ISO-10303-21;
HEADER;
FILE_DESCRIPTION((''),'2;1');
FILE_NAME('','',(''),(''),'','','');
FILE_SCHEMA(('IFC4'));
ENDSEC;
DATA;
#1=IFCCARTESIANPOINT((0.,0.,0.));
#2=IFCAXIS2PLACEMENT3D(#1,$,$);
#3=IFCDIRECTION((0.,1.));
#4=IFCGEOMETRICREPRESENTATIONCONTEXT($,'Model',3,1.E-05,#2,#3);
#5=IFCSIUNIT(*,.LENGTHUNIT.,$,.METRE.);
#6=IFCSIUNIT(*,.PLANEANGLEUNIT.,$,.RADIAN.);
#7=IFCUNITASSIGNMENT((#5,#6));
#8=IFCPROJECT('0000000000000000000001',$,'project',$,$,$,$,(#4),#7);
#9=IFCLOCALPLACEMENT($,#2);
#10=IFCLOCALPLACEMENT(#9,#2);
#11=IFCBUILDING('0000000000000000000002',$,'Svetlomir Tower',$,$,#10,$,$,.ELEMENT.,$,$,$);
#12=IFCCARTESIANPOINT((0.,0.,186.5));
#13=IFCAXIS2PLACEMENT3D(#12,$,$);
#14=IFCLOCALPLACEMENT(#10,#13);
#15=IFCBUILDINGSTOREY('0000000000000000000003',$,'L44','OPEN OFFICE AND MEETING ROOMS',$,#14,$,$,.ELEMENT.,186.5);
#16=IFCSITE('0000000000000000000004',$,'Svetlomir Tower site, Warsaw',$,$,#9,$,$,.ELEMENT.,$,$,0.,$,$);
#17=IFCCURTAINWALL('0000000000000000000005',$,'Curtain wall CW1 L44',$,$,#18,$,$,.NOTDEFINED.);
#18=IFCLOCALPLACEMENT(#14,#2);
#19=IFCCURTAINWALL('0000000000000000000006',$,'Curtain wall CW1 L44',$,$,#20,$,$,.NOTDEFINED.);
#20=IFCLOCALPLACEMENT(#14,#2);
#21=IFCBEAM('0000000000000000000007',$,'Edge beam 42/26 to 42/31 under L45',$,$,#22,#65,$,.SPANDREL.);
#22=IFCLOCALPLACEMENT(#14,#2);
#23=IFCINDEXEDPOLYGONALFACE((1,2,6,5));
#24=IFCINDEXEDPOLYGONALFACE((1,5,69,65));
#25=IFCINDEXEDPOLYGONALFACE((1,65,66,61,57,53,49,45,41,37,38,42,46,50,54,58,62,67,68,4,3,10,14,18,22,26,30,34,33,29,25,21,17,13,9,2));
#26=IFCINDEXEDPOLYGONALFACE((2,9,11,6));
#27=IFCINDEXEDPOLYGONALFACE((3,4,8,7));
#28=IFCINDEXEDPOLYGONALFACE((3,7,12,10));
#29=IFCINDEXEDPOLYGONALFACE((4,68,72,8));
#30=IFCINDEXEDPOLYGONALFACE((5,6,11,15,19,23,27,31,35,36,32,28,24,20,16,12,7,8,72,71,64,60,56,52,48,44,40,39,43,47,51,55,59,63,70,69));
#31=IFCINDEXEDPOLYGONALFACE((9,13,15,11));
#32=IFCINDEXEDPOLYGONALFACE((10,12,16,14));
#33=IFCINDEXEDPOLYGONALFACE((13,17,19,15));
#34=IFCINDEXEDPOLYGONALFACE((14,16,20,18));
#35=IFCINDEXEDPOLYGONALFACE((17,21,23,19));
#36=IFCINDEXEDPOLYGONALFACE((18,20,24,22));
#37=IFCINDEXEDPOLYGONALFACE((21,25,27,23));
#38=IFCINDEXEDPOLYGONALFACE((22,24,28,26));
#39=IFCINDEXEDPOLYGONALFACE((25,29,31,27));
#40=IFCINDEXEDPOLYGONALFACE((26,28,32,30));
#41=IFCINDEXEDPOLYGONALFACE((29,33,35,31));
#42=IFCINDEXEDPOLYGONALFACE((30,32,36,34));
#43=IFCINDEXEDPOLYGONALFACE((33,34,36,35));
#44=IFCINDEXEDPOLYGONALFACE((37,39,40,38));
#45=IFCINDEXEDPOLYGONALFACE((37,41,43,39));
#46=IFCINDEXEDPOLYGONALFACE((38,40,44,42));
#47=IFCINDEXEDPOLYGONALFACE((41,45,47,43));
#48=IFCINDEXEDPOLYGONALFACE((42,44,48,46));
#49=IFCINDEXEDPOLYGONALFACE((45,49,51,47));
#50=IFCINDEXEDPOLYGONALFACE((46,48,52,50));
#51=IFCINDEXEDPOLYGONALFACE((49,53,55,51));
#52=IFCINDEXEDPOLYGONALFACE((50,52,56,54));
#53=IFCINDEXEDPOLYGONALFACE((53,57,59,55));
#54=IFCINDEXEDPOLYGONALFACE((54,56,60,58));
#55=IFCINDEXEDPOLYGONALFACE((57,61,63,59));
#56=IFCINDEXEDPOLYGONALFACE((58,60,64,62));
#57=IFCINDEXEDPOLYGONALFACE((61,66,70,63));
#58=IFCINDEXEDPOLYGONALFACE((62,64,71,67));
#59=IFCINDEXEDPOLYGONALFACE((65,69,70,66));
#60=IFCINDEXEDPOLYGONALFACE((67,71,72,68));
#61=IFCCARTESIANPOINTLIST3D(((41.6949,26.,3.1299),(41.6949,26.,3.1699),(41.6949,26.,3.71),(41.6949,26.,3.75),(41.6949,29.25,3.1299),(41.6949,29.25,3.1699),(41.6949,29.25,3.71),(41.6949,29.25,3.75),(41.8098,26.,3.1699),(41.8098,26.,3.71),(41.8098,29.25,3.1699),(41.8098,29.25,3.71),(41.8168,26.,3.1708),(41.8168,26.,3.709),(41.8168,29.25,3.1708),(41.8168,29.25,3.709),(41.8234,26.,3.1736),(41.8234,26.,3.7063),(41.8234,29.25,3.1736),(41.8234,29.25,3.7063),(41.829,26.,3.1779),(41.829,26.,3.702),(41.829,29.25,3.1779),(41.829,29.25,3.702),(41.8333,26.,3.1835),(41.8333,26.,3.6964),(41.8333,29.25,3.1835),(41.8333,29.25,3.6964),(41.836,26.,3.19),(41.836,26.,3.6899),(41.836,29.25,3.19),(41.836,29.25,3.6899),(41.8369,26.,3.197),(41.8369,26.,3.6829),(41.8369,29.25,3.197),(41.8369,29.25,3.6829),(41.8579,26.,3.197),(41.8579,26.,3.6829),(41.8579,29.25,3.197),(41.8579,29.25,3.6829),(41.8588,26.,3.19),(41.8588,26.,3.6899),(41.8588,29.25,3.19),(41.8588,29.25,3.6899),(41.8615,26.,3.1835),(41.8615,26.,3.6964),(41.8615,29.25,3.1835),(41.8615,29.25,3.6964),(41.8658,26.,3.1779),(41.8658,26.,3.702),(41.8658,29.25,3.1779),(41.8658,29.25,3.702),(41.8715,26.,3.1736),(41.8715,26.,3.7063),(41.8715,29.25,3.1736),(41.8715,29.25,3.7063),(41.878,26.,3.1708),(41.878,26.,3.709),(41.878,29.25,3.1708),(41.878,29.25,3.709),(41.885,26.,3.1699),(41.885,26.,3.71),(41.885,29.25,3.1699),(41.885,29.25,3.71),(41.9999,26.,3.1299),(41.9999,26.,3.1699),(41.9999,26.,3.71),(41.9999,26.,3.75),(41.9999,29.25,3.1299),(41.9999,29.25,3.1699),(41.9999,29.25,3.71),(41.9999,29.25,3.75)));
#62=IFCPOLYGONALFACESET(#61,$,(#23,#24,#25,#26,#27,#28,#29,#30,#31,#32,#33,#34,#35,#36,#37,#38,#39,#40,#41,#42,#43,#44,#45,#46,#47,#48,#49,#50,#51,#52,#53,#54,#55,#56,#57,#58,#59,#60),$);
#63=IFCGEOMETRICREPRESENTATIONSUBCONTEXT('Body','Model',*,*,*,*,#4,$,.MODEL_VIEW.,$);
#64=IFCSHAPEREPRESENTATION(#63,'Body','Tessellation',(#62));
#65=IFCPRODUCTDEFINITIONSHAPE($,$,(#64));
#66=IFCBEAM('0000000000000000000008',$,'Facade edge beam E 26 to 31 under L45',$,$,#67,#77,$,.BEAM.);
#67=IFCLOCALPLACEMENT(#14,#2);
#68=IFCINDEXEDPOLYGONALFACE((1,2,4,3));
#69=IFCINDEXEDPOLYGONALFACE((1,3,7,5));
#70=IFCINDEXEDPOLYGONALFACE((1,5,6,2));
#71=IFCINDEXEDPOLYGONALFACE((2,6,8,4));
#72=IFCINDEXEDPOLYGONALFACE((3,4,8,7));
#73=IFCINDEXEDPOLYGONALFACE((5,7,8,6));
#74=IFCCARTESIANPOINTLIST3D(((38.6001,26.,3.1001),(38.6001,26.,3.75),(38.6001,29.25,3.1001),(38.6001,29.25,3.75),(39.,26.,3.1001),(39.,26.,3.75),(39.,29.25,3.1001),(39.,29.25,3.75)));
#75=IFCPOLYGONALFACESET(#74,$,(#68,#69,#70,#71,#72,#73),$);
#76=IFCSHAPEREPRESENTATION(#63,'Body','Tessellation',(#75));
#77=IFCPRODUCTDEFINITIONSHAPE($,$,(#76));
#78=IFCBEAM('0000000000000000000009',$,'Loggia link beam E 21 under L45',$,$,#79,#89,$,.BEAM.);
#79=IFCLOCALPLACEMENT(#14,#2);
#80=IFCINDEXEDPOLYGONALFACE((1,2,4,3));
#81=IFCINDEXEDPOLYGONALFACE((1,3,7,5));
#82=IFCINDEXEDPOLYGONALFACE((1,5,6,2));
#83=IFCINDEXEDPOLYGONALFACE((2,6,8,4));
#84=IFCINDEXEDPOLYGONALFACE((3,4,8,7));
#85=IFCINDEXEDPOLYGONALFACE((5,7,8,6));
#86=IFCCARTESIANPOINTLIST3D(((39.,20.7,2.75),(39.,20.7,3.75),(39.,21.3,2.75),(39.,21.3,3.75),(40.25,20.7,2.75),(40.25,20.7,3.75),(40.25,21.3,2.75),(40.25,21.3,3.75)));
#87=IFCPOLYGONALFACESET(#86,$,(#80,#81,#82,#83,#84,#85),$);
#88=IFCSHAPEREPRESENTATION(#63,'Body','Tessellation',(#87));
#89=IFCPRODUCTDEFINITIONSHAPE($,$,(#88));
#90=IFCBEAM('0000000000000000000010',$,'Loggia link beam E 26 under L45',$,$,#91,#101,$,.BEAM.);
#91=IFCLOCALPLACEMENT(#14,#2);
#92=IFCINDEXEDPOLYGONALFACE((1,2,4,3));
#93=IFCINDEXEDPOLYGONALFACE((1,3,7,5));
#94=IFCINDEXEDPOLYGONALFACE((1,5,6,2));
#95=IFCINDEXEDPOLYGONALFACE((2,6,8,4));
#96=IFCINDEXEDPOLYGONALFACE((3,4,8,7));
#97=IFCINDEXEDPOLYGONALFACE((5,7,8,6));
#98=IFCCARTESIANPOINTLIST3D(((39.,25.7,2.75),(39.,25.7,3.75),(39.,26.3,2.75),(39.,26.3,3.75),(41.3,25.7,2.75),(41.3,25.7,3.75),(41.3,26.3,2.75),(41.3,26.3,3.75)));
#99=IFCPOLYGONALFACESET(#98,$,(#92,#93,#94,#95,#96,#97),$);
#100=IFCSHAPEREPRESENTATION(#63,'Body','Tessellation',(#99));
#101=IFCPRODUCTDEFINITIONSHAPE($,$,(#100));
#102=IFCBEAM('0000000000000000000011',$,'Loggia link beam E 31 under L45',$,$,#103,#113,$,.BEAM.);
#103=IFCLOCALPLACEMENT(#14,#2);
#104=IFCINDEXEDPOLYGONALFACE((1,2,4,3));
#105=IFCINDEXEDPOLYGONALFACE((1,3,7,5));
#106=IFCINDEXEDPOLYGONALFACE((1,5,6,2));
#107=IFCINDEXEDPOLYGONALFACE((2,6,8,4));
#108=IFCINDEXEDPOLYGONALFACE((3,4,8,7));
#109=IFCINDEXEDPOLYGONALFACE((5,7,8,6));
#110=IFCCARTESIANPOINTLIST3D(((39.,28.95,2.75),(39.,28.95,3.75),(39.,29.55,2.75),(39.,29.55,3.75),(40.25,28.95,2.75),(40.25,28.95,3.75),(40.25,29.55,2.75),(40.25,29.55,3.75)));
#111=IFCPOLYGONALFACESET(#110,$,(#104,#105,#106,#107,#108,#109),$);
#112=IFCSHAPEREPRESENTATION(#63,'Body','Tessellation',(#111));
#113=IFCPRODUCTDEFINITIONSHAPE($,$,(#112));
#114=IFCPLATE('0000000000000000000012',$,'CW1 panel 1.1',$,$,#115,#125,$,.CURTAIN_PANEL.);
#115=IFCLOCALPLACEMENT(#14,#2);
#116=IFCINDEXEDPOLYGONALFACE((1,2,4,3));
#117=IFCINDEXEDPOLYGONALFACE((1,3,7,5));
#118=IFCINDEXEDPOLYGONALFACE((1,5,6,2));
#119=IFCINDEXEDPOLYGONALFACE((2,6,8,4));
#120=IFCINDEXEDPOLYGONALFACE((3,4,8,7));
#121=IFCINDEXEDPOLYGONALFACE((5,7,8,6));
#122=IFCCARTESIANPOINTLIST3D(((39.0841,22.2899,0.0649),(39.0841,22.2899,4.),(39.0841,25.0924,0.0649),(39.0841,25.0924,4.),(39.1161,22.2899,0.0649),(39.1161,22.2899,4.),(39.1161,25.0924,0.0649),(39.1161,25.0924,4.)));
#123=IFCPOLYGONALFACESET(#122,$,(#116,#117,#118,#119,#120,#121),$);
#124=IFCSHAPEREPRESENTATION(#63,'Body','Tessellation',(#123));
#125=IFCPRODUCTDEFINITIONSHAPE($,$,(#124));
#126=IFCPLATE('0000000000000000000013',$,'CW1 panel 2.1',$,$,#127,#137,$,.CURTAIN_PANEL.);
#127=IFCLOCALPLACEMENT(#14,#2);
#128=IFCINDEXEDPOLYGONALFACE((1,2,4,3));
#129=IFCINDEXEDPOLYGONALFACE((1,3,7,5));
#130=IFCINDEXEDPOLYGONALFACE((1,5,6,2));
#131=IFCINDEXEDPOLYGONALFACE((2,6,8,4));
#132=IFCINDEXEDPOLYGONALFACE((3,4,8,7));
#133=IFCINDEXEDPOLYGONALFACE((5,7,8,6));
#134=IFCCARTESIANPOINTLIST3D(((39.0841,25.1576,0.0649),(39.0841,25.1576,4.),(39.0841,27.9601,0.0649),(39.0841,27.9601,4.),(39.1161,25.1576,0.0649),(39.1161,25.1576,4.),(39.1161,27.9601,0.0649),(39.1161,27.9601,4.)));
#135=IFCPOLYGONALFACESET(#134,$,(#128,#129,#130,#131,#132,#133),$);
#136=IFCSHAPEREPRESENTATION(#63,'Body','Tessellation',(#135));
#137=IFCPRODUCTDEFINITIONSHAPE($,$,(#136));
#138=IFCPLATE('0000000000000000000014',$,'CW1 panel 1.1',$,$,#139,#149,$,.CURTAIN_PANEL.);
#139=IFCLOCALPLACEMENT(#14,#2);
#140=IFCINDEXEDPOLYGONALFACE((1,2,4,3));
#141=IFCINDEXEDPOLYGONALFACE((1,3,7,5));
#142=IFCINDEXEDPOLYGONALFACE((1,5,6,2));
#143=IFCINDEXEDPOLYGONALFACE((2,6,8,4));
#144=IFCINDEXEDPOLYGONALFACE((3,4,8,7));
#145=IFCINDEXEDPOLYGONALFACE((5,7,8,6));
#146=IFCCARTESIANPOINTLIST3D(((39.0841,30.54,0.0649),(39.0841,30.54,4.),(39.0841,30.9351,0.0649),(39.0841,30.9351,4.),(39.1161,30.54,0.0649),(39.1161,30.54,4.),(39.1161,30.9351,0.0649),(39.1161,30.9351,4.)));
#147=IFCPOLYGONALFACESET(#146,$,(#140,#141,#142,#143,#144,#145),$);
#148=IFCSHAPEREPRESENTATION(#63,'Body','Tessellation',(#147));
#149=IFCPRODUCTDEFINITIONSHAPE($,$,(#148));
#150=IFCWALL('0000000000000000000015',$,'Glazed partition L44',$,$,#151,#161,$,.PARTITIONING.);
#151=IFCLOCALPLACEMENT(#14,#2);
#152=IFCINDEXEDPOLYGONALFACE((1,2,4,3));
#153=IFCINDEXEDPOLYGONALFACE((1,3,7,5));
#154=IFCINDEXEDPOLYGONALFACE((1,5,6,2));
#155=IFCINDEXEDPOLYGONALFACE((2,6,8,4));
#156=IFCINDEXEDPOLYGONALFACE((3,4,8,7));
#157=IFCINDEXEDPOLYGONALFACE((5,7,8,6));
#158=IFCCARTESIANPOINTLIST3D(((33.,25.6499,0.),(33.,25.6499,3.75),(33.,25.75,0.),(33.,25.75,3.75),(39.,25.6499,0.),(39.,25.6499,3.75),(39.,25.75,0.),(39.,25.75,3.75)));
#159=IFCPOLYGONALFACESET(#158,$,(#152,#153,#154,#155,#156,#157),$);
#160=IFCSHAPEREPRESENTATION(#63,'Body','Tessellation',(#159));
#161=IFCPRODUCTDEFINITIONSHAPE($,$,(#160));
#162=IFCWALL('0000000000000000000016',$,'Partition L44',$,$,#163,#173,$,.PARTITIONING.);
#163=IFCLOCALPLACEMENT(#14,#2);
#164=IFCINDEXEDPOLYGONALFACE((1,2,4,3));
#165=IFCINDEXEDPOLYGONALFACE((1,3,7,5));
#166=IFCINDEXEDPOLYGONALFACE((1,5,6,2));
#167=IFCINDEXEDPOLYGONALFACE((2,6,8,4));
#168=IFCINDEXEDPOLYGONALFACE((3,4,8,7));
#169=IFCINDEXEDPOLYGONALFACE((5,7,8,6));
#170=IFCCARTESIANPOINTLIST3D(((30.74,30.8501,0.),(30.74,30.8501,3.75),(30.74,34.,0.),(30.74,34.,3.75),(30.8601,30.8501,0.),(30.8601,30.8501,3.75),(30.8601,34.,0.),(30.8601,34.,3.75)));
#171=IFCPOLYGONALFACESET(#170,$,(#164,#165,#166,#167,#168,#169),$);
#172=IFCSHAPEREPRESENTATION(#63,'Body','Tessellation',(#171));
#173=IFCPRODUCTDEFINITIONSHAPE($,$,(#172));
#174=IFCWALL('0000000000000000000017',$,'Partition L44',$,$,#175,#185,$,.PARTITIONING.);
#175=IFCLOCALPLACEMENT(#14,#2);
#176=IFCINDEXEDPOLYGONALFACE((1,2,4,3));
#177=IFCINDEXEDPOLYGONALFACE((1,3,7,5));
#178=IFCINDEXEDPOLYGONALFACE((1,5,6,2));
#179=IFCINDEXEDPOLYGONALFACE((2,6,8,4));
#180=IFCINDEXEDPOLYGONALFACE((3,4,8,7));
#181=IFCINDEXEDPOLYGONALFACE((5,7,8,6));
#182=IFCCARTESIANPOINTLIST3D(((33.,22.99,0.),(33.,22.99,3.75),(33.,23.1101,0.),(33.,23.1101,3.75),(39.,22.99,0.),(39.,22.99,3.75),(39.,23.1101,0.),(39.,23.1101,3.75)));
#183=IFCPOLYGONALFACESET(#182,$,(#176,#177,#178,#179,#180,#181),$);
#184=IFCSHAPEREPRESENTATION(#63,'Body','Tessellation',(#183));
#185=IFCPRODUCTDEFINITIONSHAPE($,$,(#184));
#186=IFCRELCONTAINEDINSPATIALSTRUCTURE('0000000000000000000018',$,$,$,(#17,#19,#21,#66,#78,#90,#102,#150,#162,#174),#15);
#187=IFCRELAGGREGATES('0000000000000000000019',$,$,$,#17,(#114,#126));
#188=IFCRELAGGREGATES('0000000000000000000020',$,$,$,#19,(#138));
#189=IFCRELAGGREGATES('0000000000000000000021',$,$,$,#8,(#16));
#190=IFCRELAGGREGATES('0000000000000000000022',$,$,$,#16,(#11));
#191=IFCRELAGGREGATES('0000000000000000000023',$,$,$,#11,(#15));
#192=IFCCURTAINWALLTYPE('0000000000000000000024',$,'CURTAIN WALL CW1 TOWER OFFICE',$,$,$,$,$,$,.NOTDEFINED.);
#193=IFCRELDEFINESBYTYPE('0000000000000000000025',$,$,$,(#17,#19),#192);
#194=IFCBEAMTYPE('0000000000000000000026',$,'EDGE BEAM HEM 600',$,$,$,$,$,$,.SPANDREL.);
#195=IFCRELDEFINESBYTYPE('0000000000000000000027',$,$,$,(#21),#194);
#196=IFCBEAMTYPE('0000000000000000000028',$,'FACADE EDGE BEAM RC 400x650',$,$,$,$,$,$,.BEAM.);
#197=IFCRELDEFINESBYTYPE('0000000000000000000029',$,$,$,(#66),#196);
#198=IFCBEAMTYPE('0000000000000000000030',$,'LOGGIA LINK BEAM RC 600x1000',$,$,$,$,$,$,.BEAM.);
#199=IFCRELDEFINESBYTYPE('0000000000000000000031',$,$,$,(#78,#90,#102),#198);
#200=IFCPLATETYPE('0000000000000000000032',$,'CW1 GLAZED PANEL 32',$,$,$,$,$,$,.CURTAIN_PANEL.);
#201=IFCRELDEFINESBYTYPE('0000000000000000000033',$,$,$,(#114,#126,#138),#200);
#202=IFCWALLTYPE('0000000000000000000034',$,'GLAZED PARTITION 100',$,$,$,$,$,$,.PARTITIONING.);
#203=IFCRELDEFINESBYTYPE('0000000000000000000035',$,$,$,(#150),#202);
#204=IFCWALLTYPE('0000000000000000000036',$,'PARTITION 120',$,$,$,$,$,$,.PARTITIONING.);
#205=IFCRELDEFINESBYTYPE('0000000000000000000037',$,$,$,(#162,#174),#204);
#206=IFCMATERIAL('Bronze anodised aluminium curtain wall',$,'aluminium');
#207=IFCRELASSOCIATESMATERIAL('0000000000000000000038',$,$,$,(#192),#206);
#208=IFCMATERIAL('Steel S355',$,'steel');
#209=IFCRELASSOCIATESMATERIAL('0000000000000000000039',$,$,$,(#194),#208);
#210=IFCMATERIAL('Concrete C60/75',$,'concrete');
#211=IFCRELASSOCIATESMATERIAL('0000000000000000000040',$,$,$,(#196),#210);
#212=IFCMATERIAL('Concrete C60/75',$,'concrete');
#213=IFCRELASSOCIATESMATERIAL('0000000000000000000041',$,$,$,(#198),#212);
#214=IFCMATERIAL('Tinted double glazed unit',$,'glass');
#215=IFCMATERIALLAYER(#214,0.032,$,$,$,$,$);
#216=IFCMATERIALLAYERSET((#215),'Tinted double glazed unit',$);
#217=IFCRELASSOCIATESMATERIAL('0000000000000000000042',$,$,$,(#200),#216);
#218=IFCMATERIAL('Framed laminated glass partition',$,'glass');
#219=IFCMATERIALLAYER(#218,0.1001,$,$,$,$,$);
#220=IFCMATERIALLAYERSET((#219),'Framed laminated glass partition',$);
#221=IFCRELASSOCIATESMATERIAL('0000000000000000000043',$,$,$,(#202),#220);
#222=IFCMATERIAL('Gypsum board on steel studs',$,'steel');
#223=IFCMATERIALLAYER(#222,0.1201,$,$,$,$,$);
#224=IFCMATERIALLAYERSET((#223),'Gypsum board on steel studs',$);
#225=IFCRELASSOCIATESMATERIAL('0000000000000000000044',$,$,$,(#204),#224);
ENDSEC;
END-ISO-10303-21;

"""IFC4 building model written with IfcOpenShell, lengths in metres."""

from ifc_helpers import new_model, si_unit, direction, frame, frame_2d, origin, origin_2d, place, context, subcontext, project, spatial, rectangle, i_section, extrude, material, layer, layer_set, material_profile, profile_set, type_object, element, aggregate, save


model = new_model("IFC4")

# Units and contexts
model_context = context("Model", 3, precision=1e-05, world=origin(), true_north=direction((0.0, 1.0)))
body_context = subcontext(model_context, "Body", "Model", "MODEL_VIEW")
ifc_project = project(units=[si_unit("LENGTHUNIT", "METRE"), si_unit("PLANEANGLEUNIT", "RADIAN")], contexts=[model_context])

# Site, building, storey
site_placement = place(None, origin())
site = spatial("IfcSite", under=ifc_project, at=site_placement, Name="Svetlomir Tower site, Warsaw", CompositionType="ELEMENT", RefElevation=0.0)
building_placement = place(site_placement, origin())
building = spatial("IfcBuilding", under=site, at=building_placement, Name="Svetlomir Tower", CompositionType="ELEMENT")
storey_placement = place(building_placement, frame((0.0, 0.0, 186.5)))
storey = spatial("IfcBuildingStorey", under=building, at=storey_placement, Name="L44", Description="OPEN OFFICE AND MEETING ROOMS", CompositionType="ELEMENT", Elevation=186.5)

# Curtain walls
ifc_material_1 = material(Name="Bronze anodised aluminium curtain wall", Category="aluminium")
curtain_wall_type = type_object("IfcCurtainWallType", Name="CURTAIN WALL CW1 TOWER OFFICE", PredefinedType="NOTDEFINED", material=ifc_material_1)
curtain_wall_1_placement = place(storey_placement, origin())
curtain_wall_1 = element("IfcCurtainWall", 1, at=curtain_wall_1_placement, inside=storey, type_object=curtain_wall_type, Name="Curtain wall CW1 L44", PredefinedType="NOTDEFINED")
curtain_wall_2_placement = place(storey_placement, origin())
curtain_wall_2 = element("IfcCurtainWall", 2, at=curtain_wall_2_placement, inside=storey, type_object=curtain_wall_type, Name="Curtain wall CW1 L44", PredefinedType="NOTDEFINED")

# Beams
ifc_material_2 = material(Name="Steel S355", Category="steel")
ifc_material_profile_1 = material_profile(ifc_material_2, i_section(OverallWidth=0.3049, OverallDepth=0.6201, WebThickness=0.021, FlangeThickness=0.04, FilletRadius=0.0271, at=origin_2d()), Name="HEM 600")
ifc_profile_set_1 = profile_set([ifc_material_profile_1], Name="Steel S355")
beam_type_1 = type_object("IfcBeamType", Name="EDGE BEAM HEM 600", PredefinedType="SPANDREL", material=ifc_profile_set_1)
beam_1_placement = place(storey_placement, frame((41.8474, 26.0, 3.4399), z_axis=(0.0, 1.0, 0.0), x_axis=(-1.0, 0.0, 0.0)))
element("IfcBeam", 3, at=beam_1_placement, inside=storey, type_object=beam_type_1, Name="Edge beam 42/26 to 42/31 under L45", PredefinedType="SPANDREL", context=body_context, shape_type="SweptSolid", body=[
    extrude(i_section(OverallWidth=0.3049, OverallDepth=0.6201, WebThickness=0.021, FlangeThickness=0.04, FilletRadius=0.0271, at=origin_2d()), origin(), (0.0, 0.0, 1.0), 3.25),
])
ifc_material_3 = material(Name="Concrete C60/75", Category="concrete")
ifc_material_profile_2 = material_profile(ifc_material_3, rectangle(XDim=0.3999, YDim=0.6499, at=origin_2d()), Name="RC 400x650")
ifc_profile_set_2 = profile_set([ifc_material_profile_2], Name="Concrete C60/75")
beam_type_2 = type_object("IfcBeamType", Name="FACADE EDGE BEAM RC 400x650", PredefinedType="BEAM", material=ifc_profile_set_2)
beam_2_placement = place(storey_placement, frame((38.8, 26.0, 3.425), z_axis=(0.0, 1.0, 0.0), x_axis=(-1.0, 0.0, 0.0)))
element("IfcBeam", 4, at=beam_2_placement, inside=storey, type_object=beam_type_2, Name="Facade edge beam E 26 to 31 under L45", PredefinedType="BEAM", context=body_context, shape_type="SweptSolid", body=[
    extrude(rectangle(XDim=0.3999, YDim=0.6499, at=origin_2d()), origin(), (0.0, 0.0, 1.0), 3.25),
])
ifc_material_4 = material(Name="Concrete C60/75", Category="concrete")
ifc_material_profile_3 = material_profile(ifc_material_4, rectangle(XDim=0.6001, YDim=1.0, at=origin_2d()), Name="RC 600x1000")
ifc_profile_set_3 = profile_set([ifc_material_profile_3], Name="Concrete C60/75")
beam_type_3 = type_object("IfcBeamType", Name="LOGGIA LINK BEAM RC 600x1000", PredefinedType="BEAM", material=ifc_profile_set_3)
beam_3_placement = place(storey_placement, frame((40.25, 21.0, 3.25), z_axis=(-1.0, 0.0, 0.0), x_axis=(0.0, -1.0, 0.0)))
element("IfcBeam", 5, at=beam_3_placement, inside=storey, type_object=beam_type_3, Name="Loggia link beam E 21 under L45", PredefinedType="BEAM", context=body_context, shape_type="SweptSolid", body=[
    extrude(rectangle(XDim=0.6001, YDim=1.0, at=origin_2d()), origin(), (0.0, 0.0, 1.0), 1.25),
])
beam_4_placement = place(storey_placement, frame((41.3, 26.0, 3.25), z_axis=(-1.0, 0.0, 0.0), x_axis=(0.0, -1.0, 0.0)))
element("IfcBeam", 6, at=beam_4_placement, inside=storey, type_object=beam_type_3, Name="Loggia link beam E 26 under L45", PredefinedType="BEAM", context=body_context, shape_type="SweptSolid", body=[
    extrude(rectangle(XDim=0.6001, YDim=1.0, at=origin_2d()), origin(), (0.0, 0.0, 1.0), 2.3),
])
beam_5_placement = place(storey_placement, frame((40.25, 29.25, 3.25), z_axis=(-1.0, 0.0, 0.0), x_axis=(0.0, -1.0, 0.0)))
element("IfcBeam", 7, at=beam_5_placement, inside=storey, type_object=beam_type_3, Name="Loggia link beam E 31 under L45", PredefinedType="BEAM", context=body_context, shape_type="SweptSolid", body=[
    extrude(rectangle(XDim=0.6001, YDim=1.0, at=origin_2d()), origin(), (0.0, 0.0, 1.0), 1.25),
])

# Plates
ifc_material_5 = material(Name="Tinted double glazed unit", Category="glass")
ifc_layer_1 = layer(ifc_material_5, 0.032)
ifc_layer_set_1 = layer_set([ifc_layer_1], Name="Tinted double glazed unit")
plate_type = type_object("IfcPlateType", Name="CW1 GLAZED PANEL 32", PredefinedType="CURTAIN_PANEL", material=ifc_layer_set_1)
plate_1_placement = place(storey_placement, frame((39.1001, 23.6912, 0.0649), z_axis=(0.0, 0.0, 1.0), x_axis=(0.0, 1.0, 0.0)))
plate_1 = element("IfcPlate", 8, at=plate_1_placement, type_object=plate_type, Name="CW1 panel 1.1", PredefinedType="CURTAIN_PANEL", context=body_context, shape_type="SweptSolid", body=[
    extrude(rectangle(XDim=2.8025, YDim=0.032, at=origin_2d()), origin(), (0.0, 0.0, 1.0), 3.9351),
])
plate_2_placement = place(storey_placement, frame((39.1001, 26.5588, 0.0649), z_axis=(0.0, 0.0, 1.0), x_axis=(0.0, 1.0, 0.0)))
plate_2 = element("IfcPlate", 9, at=plate_2_placement, type_object=plate_type, Name="CW1 panel 2.1", PredefinedType="CURTAIN_PANEL", context=body_context, shape_type="SweptSolid", body=[
    extrude(rectangle(XDim=2.8025, YDim=0.032, at=origin_2d()), origin(), (0.0, 0.0, 1.0), 3.9351),
])
aggregate(curtain_wall_1, [plate_1, plate_2])
plate_3_placement = place(storey_placement, frame((39.1001, 30.7375, 0.0649), z_axis=(0.0, 0.0, 1.0), x_axis=(0.0, 1.0, 0.0)))
plate_3 = element("IfcPlate", 10, at=plate_3_placement, type_object=plate_type, Name="CW1 panel 1.1", PredefinedType="CURTAIN_PANEL", context=body_context, shape_type="SweptSolid", body=[
    extrude(rectangle(XDim=0.395, YDim=0.032, at=origin_2d()), origin(), (0.0, 0.0, 1.0), 3.9351),
])
aggregate(curtain_wall_2, [plate_3])

# Shared definitions
ifc_material_6 = material(Name="Framed laminated glass partition", Category="glass")
ifc_layer_2 = layer(ifc_material_6, 0.1001)
ifc_layer_set_2 = layer_set([ifc_layer_2], Name="Framed laminated glass partition")
wall_type_1 = type_object("IfcWallType", Name="GLAZED PARTITION 100", PredefinedType="PARTITIONING", material=ifc_layer_set_2)

# Walls
wall_1_placement = place(storey_placement, frame((33.0, 25.7, 0.0), z_axis=(0.0, 0.0, 1.0), x_axis=(1.0, 0.0, 0.0)))
element("IfcWall", 11, at=wall_1_placement, inside=storey, type_object=wall_type_1, Name="Glazed partition L44", PredefinedType="PARTITIONING", context=body_context, shape_type="SweptSolid", body=[
    extrude(rectangle(XDim=6.0, YDim=0.1001, at=frame_2d((3.0, 0.0))), origin(), (0.0, 0.0, 1.0), 3.75),
])
ifc_material_7 = material(Name="Gypsum board on steel studs", Category="steel")
ifc_layer_3 = layer(ifc_material_7, 0.1201)
ifc_layer_set_3 = layer_set([ifc_layer_3], Name="Gypsum board on steel studs")
wall_type_2 = type_object("IfcWallType", Name="PARTITION 120", PredefinedType="PARTITIONING", material=ifc_layer_set_3)
wall_2_placement = place(storey_placement, frame((30.8, 30.8501, 0.0), z_axis=(0.0, 0.0, 1.0), x_axis=(0.0, 1.0, 0.0)))
element("IfcWall", 12, at=wall_2_placement, inside=storey, type_object=wall_type_2, Name="Partition L44", PredefinedType="PARTITIONING", context=body_context, shape_type="SweptSolid", body=[
    extrude(rectangle(XDim=3.1499, YDim=0.1201, at=frame_2d((1.575, 0.0))), origin(), (0.0, 0.0, 1.0), 3.75),
])
wall_3_placement = place(storey_placement, frame((33.0, 23.05, 0.0), z_axis=(0.0, 0.0, 1.0), x_axis=(1.0, 0.0, 0.0)))
element("IfcWall", 13, at=wall_3_placement, inside=storey, type_object=wall_type_2, Name="Partition L44", PredefinedType="PARTITIONING", context=body_context, shape_type="SweptSolid", body=[
    extrude(rectangle(XDim=6.0, YDim=0.1201, at=frame_2d((3.0, 0.0))), origin(), (0.0, 0.0, 1.0), 3.75),
])

save(model, "model.ifc")
